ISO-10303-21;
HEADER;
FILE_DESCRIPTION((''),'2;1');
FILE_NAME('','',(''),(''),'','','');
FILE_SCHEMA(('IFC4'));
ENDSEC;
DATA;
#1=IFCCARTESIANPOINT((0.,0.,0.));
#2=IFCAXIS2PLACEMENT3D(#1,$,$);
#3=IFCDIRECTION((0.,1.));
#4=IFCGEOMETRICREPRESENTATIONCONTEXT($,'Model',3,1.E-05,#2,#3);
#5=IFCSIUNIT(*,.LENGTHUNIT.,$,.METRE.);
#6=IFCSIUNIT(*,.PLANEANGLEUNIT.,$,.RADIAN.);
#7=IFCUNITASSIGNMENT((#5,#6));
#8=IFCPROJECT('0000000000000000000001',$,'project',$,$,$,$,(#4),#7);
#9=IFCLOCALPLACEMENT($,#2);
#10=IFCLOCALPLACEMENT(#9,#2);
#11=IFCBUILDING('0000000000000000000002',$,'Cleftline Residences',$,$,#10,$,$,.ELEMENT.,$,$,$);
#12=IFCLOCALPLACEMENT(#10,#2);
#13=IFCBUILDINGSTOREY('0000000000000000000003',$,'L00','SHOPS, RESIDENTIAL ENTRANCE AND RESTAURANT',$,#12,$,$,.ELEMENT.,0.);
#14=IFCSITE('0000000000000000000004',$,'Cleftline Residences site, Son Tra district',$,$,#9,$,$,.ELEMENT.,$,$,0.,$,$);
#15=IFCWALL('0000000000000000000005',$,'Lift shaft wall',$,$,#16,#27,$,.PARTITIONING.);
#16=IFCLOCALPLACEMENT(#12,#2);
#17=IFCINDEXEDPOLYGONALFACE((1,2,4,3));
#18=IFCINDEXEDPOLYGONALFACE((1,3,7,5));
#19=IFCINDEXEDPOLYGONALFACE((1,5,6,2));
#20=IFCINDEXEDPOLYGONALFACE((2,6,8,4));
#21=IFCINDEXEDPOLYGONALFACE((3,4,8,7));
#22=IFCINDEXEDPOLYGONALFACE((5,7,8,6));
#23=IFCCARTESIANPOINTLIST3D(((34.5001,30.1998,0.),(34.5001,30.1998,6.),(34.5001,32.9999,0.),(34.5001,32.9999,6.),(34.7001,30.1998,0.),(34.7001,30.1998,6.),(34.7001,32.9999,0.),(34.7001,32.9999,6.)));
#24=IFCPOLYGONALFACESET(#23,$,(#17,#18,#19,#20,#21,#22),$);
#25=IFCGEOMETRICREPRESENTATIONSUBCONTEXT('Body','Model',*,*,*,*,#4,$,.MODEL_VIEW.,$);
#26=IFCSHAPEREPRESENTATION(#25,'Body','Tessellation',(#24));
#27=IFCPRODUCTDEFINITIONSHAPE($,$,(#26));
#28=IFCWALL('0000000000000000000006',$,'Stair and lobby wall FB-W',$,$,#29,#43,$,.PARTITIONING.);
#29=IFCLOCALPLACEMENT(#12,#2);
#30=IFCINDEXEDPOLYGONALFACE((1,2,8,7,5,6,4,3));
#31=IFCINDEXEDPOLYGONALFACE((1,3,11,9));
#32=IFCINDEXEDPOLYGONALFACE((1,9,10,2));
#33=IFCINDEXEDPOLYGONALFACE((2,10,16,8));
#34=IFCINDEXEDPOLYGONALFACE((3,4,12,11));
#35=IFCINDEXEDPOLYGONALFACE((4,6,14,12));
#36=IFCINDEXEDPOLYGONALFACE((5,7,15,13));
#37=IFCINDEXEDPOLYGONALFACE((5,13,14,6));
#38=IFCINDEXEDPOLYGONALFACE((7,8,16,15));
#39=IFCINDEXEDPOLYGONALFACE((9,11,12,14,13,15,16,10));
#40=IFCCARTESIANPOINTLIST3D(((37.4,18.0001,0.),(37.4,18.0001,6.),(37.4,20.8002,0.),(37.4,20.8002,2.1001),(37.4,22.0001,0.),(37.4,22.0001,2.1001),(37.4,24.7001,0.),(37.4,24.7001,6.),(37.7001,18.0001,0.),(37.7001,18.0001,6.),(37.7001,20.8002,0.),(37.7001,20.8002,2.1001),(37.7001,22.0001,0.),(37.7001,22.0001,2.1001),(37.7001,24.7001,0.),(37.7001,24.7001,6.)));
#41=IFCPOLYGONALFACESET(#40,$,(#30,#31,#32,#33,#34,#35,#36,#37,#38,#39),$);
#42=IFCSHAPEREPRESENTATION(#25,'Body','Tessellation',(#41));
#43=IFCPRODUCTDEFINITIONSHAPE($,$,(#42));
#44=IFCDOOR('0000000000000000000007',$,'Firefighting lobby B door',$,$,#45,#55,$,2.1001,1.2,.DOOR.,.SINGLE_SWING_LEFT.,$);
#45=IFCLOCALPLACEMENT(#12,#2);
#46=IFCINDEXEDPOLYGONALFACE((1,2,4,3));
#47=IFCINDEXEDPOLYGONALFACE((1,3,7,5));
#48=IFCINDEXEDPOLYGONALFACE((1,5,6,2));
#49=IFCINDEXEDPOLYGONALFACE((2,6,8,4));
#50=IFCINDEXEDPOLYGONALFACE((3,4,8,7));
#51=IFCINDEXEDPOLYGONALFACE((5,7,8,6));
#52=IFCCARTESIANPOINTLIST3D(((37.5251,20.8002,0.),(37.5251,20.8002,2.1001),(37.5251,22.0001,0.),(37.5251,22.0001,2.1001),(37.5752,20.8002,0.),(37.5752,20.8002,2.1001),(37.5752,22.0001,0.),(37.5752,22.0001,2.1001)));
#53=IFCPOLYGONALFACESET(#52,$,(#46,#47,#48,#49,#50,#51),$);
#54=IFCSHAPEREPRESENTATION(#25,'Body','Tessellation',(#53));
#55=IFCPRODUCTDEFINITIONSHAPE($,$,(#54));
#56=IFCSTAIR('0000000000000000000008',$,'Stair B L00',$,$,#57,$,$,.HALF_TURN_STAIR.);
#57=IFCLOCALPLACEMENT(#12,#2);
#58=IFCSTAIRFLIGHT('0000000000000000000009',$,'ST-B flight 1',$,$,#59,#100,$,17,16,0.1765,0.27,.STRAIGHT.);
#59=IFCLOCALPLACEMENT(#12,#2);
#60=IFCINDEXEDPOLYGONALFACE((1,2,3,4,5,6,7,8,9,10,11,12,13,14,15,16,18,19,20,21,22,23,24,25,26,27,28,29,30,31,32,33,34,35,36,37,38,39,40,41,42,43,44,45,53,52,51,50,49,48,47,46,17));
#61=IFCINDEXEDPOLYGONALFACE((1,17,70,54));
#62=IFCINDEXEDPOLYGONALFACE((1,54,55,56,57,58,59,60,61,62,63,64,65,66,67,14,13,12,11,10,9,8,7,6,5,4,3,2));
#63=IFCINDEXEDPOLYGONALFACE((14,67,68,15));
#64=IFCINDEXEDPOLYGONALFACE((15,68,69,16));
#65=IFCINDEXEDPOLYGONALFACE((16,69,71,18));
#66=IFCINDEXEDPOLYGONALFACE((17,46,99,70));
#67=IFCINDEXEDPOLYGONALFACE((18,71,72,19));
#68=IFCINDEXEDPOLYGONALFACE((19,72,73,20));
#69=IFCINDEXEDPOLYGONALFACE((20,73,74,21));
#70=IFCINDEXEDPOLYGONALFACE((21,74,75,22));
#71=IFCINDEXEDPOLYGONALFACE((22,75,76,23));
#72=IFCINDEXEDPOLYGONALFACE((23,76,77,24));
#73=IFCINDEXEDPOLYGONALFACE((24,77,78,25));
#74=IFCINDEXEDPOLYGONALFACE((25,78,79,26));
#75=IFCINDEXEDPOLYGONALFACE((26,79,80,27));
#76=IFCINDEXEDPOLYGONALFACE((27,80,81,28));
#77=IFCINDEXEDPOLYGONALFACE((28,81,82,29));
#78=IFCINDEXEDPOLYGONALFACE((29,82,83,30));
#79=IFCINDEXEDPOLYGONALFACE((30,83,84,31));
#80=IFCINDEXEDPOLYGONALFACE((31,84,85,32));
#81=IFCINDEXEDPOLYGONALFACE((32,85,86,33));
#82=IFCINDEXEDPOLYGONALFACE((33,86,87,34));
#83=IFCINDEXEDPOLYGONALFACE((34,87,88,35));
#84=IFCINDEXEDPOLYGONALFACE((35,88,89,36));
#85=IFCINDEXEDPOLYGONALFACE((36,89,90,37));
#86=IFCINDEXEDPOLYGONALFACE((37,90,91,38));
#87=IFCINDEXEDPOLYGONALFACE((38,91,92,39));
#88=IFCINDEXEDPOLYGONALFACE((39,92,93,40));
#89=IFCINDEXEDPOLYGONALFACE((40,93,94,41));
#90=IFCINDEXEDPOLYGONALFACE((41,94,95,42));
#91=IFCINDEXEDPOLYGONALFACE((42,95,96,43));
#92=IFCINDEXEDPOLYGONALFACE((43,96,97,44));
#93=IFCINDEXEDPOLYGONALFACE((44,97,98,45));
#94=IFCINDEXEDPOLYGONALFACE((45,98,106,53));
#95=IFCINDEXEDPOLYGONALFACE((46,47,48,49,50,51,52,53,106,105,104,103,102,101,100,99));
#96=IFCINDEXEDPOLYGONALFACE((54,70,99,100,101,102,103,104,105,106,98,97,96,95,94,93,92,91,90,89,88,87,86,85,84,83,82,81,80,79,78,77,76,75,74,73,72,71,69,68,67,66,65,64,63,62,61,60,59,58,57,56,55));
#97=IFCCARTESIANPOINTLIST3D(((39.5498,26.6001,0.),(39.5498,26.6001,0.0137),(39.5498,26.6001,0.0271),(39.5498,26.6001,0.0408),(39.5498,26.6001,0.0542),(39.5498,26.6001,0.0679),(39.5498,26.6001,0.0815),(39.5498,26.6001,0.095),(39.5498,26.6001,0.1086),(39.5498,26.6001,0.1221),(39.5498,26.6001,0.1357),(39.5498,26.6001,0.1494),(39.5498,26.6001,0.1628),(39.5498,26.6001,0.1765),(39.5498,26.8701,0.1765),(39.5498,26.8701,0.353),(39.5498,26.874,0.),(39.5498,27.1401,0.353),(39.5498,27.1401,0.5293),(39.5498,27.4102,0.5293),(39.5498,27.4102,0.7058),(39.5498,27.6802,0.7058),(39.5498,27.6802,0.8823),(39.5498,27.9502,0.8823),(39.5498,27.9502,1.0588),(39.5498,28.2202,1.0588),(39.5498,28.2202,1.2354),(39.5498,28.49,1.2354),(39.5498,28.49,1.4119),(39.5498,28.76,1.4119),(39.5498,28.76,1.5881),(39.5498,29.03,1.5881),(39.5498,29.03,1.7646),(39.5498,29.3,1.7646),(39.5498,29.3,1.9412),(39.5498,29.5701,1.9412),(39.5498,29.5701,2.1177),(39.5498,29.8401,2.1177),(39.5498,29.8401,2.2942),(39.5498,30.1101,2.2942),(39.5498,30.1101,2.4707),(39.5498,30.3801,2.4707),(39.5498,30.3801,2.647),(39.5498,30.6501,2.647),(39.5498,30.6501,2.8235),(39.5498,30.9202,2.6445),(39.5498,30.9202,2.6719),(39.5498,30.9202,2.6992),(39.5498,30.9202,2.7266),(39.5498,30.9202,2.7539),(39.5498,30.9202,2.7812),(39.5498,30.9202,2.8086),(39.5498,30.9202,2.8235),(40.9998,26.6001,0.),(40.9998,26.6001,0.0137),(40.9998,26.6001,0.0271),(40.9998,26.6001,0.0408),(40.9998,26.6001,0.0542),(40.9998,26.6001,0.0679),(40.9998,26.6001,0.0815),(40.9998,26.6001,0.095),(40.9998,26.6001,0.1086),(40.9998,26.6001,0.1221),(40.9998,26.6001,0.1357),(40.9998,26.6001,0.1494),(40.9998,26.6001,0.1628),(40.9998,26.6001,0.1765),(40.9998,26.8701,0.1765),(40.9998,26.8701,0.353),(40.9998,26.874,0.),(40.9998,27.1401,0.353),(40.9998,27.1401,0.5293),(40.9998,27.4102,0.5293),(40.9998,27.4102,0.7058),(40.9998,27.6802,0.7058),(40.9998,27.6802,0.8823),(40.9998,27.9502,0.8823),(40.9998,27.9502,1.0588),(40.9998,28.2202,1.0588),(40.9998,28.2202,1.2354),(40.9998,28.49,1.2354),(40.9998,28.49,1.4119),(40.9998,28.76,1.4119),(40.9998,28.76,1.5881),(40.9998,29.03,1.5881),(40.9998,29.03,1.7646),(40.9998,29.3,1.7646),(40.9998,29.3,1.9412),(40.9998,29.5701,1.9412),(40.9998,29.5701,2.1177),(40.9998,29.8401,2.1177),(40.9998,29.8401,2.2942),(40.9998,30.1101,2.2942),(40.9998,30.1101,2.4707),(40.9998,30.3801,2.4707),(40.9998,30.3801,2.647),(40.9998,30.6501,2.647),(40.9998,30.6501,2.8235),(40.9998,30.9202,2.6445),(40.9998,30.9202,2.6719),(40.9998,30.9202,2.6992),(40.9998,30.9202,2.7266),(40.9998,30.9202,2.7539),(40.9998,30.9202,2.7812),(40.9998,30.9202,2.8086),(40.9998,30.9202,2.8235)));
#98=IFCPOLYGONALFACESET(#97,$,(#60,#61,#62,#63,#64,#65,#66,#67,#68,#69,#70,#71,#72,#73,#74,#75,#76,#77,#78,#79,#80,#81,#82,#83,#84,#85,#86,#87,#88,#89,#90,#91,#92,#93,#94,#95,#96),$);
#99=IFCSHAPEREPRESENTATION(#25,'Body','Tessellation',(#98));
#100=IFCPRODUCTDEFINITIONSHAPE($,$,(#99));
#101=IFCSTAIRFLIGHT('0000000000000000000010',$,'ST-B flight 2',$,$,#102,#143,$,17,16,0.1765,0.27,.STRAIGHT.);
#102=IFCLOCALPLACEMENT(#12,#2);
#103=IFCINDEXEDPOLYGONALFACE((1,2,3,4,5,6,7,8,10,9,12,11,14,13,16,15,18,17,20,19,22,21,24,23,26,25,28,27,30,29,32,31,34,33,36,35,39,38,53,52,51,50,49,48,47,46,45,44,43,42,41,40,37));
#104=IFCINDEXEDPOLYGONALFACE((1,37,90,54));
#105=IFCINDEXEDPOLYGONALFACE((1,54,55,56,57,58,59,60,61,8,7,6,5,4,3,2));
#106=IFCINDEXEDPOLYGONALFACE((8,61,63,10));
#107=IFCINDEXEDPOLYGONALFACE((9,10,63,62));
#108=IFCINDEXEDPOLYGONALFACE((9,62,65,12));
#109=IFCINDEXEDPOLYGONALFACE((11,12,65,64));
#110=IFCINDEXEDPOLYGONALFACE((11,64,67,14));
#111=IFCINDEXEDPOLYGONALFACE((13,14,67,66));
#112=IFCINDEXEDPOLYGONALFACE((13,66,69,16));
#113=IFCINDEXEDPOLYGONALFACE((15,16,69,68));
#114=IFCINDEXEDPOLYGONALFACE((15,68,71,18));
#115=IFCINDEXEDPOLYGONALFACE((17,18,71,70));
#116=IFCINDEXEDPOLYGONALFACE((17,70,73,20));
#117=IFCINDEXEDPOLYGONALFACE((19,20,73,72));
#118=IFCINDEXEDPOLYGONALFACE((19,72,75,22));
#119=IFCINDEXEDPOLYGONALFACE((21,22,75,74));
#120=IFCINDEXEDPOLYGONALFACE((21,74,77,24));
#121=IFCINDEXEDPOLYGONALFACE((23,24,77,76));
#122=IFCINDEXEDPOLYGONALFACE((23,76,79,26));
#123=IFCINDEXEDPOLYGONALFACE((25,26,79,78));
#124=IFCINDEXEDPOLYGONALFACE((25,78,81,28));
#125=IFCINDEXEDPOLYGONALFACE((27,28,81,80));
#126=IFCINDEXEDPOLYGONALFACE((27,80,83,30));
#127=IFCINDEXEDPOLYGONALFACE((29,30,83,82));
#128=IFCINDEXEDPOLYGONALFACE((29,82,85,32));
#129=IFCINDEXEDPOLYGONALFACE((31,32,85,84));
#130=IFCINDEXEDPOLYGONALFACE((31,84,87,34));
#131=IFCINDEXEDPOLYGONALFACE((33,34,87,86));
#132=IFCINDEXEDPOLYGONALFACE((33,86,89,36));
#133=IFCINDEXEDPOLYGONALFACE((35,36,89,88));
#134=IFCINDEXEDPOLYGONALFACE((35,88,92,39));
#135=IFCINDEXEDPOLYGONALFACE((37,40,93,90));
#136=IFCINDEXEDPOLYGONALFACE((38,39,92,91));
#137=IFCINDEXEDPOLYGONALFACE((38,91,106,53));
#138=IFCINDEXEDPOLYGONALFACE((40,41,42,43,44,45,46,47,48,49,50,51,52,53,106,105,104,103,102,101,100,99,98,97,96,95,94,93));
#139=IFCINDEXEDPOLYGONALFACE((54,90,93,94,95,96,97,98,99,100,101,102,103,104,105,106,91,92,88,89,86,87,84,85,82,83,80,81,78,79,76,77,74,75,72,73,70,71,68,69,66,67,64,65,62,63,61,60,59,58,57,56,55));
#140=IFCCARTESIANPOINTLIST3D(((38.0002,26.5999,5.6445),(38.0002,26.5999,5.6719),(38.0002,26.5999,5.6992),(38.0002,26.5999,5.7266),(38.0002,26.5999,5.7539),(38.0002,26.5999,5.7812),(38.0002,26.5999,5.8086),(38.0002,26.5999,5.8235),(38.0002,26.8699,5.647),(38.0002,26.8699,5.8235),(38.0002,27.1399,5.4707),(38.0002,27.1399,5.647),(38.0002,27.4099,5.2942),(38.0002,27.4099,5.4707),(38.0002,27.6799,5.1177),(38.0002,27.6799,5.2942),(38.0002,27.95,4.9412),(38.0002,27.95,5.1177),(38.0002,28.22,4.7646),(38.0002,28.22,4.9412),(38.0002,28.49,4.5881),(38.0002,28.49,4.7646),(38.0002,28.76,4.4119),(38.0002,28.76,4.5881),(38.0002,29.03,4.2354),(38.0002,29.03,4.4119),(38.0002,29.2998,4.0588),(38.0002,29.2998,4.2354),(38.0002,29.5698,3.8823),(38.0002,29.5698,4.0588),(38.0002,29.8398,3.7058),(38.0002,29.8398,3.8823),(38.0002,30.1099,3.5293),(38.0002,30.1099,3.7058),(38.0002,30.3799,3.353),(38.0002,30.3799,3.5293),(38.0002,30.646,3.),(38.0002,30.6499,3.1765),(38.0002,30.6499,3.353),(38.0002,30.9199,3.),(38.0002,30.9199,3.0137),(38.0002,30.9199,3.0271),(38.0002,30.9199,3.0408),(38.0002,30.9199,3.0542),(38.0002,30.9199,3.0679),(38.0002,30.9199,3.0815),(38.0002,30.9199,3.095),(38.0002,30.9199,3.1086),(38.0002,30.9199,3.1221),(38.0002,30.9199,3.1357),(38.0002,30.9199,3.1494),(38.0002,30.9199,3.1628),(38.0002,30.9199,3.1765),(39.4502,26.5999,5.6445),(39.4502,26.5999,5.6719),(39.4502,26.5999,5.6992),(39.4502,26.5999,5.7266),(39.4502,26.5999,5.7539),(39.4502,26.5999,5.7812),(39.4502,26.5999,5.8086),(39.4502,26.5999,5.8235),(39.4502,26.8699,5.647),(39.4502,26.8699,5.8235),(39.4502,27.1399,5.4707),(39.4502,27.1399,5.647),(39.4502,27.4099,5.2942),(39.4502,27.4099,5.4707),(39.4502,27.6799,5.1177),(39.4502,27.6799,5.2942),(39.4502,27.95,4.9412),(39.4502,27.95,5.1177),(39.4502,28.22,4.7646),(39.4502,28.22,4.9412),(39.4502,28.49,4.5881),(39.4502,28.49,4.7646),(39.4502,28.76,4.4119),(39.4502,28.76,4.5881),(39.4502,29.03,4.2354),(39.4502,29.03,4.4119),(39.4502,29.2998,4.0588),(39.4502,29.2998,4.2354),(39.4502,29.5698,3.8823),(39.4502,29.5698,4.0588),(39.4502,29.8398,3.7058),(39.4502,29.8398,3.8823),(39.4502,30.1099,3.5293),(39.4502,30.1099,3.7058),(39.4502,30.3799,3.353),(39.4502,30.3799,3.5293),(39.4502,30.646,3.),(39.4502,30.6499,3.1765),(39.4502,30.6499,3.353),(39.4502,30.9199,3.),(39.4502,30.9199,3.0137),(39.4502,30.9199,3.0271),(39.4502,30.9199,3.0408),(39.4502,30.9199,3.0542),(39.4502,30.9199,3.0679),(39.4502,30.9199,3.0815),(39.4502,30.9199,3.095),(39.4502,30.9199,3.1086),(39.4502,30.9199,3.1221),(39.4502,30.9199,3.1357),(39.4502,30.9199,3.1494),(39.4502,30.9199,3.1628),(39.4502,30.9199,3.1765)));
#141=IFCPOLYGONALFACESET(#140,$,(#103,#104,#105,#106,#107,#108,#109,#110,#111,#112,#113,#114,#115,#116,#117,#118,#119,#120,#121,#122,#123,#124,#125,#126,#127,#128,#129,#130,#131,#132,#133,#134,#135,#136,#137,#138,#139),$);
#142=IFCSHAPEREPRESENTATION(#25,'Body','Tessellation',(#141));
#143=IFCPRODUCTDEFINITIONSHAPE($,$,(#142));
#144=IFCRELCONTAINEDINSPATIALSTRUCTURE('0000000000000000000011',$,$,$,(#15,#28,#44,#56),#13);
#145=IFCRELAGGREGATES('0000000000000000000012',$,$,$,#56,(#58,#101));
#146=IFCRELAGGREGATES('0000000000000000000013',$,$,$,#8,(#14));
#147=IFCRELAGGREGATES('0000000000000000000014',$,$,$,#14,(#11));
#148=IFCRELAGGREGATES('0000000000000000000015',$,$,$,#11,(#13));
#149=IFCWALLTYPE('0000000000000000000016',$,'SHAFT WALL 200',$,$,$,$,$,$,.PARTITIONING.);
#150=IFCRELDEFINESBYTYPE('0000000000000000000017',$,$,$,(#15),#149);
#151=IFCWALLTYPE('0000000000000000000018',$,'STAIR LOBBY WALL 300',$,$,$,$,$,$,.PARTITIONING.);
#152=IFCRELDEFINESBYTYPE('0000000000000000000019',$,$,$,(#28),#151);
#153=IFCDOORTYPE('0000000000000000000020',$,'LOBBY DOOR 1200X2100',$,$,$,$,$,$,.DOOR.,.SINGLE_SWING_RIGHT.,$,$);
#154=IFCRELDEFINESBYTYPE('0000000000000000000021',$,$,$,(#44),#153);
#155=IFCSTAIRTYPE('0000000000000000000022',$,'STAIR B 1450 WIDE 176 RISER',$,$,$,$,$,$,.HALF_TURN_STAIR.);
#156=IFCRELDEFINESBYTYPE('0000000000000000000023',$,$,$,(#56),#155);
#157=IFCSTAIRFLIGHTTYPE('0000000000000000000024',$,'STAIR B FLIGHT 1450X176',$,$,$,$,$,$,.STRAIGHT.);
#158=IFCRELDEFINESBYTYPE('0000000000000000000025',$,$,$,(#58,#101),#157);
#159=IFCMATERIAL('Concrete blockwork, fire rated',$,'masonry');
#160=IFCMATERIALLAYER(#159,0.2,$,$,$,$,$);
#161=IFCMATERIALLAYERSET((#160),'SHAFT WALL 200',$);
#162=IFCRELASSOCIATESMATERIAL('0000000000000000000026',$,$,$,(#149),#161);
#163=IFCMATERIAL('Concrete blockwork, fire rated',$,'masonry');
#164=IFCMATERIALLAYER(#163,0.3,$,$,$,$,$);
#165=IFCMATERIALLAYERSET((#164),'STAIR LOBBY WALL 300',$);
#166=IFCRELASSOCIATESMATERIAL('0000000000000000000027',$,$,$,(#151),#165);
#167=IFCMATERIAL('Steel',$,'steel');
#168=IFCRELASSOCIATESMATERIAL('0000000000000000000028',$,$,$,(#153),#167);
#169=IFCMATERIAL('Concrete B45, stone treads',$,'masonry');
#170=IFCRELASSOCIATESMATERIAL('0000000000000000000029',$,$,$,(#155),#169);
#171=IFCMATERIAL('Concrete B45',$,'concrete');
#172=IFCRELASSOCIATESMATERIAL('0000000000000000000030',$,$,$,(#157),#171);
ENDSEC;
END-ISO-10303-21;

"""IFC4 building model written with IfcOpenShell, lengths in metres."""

from ifc_helpers import new_model, si_unit, direction, frame, frame_2d, origin, place, context, subcontext, project, spatial, polyline, rectangle, outline, extrude, material, layer, layer_set, type_object, element, fill, aggregate, save


model = new_model("IFC4")

# Units and contexts
model_context = context("Model", 3, precision=1e-05, world=origin(), true_north=direction((0.0, 1.0)))
body_context = subcontext(model_context, "Body", "Model", "MODEL_VIEW")
ifc_project = project(units=[si_unit("LENGTHUNIT", "METRE"), si_unit("PLANEANGLEUNIT", "RADIAN")], contexts=[model_context])

# Site, building, storey
site_placement = place(None, origin())
site = spatial("IfcSite", under=ifc_project, at=site_placement, Name="Cleftline Residences site, Son Tra district", CompositionType="ELEMENT", RefElevation=0.0)
building_placement = place(site_placement, origin())
building = spatial("IfcBuilding", under=site, at=building_placement, Name="Cleftline Residences", CompositionType="ELEMENT")
storey_placement = place(building_placement, origin())
storey = spatial("IfcBuildingStorey", under=building, at=storey_placement, Name="L00", Description="SHOPS, RESIDENTIAL ENTRANCE AND RESTAURANT", CompositionType="ELEMENT", Elevation=0.0)

# Wall
ifc_material_1 = material(Name="Concrete blockwork, fire rated", Category="masonry")
ifc_layer_1 = layer(ifc_material_1, 0.2)
ifc_layer_set_1 = layer_set([ifc_layer_1], Name="SHAFT WALL 200")
wall_type_1 = type_object("IfcWallType", Name="SHAFT WALL 200", PredefinedType="PARTITIONING", material=ifc_layer_set_1)
for number, where, z_axis, x_axis, name in (
    (1, (34.6001, 30.2, 0.0), (0.0, 0.0, 1.0), (0.0, 1.0, 0.0), "Lift shaft wall"),
):
    element("IfcWall", number, at=place(storey_placement, frame(where, z_axis=z_axis, x_axis=x_axis)), inside=storey, type_object=wall_type_1, Name=name, PredefinedType="PARTITIONING", context=body_context, shape_type="SweptSolid", body=[
        extrude(rectangle(XDim=2.8, YDim=0.2, at=frame_2d((1.3999, 0.0))), origin(), (0.0, 0.0, 1.0), 6.0),
    ])

# Wall, opening, door
ifc_material_2 = material(Name="Concrete blockwork, fire rated", Category="masonry")
ifc_layer_2 = layer(ifc_material_2, 0.3)
ifc_layer_set_2 = layer_set([ifc_layer_2], Name="STAIR LOBBY WALL 300")
wall_type_2 = type_object("IfcWallType", Name="STAIR LOBBY WALL 300", PredefinedType="PARTITIONING", material=ifc_layer_set_2)
wall_1_placement = place(storey_placement, frame((37.55, 18.0, 0.0), z_axis=(0.0, 0.0, 1.0), x_axis=(0.0, 1.0, 0.0)))
wall_1 = element("IfcWall", 2, at=wall_1_placement, inside=storey, type_object=wall_type_2, Name="Stair and lobby wall FB-W", PredefinedType="PARTITIONING", context=body_context, shape_type="SweptSolid", body=[
    extrude(rectangle(XDim=6.7, YDim=0.3, at=frame_2d((3.3501, 0.0))), origin(), (0.0, 0.0, 1.0), 6.0),
])
opening_1_placement = place(wall_1_placement, frame((2.8, 0.0, 0.0)))
opening_1 = element("IfcOpeningElement", 3, at=opening_1_placement, cuts=wall_1, PredefinedType="OPENING", context=body_context, shape_type="SweptSolid", body=[
    extrude(rectangle(XDim=1.2, YDim=2.1001, at=frame_2d((0.6001, 1.05))), frame((0.0, 0.1599, 0.0), z_axis=(0.0, -1.0, 0.0), x_axis=(1.0, 0.0, 0.0)), (0.0, 0.0, 1.0), 0.3201),
])
ifc_material_3 = material(Name="Steel", Category="steel")
door_type_1 = type_object("IfcDoorType", Name="LOBBY DOOR 1200X2100", OperationType="SINGLE_SWING_RIGHT", PredefinedType="DOOR", material=ifc_material_3)
door_1_placement = place(opening_1_placement, origin())
door_1 = element("IfcDoor", 4, at=door_1_placement, inside=storey, type_object=door_type_1, Name="Firefighting lobby B door", OperationType="SINGLE_SWING_LEFT", OverallHeight=2.1001, OverallWidth=1.2, PredefinedType="DOOR", context=body_context, shape_type="SweptSolid", body=[
    extrude(rectangle(XDim=1.2, YDim=2.1001, at=frame_2d((0.6001, 1.05))), frame((0.0, 0.0249, 0.0), z_axis=(0.0, -1.0, 0.0), x_axis=(1.0, 0.0, 0.0)), (0.0, 0.0, 1.0), 0.05),
])
fill(opening_1, door_1)

# Stair, stair flights
ifc_material_4 = material(Name="Concrete B45, stone treads", Category="masonry")
stair_type = type_object("IfcStairType", Name="STAIR B 1450 WIDE 176 RISER", PredefinedType="HALF_TURN_STAIR", material=ifc_material_4)
stair_placement = place(storey_placement, origin())
stair = element("IfcStair", 5, at=stair_placement, inside=storey, type_object=stair_type, Name="Stair B L00", PredefinedType="HALF_TURN_STAIR")
ifc_material_5 = material(Name="Concrete B45", Category="concrete")
stair_flight_type = type_object("IfcStairFlightType", Name="STAIR B FLIGHT 1450X176", PredefinedType="STRAIGHT", material=ifc_material_5)
stair_flight_1_placement = place(storey_placement, frame((40.2749, 26.6001, 0.0), z_axis=(0.0, 0.0, 1.0), x_axis=(0.0, 1.0, 0.0)))
stair_flight_1 = element("IfcStairFlight", 6, at=stair_flight_1_placement, type_object=stair_flight_type, Name="ST-B flight 1", NumberOfRisers=17, NumberOfTreads=16, PredefinedType="STRAIGHT", RiserHeight=0.1765, TreadLength=0.27, context=body_context, shape_type="SweptSolid", body=[
    extrude(outline(polyline([(0.0, 0.0), (0.0, 0.0137), (0.0, 0.0271), (0.0, 0.0408), (0.0, 0.0542), (0.0, 0.0679), (0.0, 0.0815), (0.0, 0.095), (0.0, 0.1086), (0.0, 0.1221), (0.0, 0.1357), (0.0, 0.1494), (0.0, 0.1628), (0.0, 0.1765), (0.27, 0.1765), (0.27, 0.353), (0.54, 0.353), (0.54, 0.5293), (0.8101, 0.5293), (0.8101, 0.7058), (1.0801, 0.7058), (1.0801, 0.8823), (1.3501, 0.8823), (1.3501, 1.0588), (1.6201, 1.0588), (1.6201, 1.2354), (1.8899, 1.2354), (1.8899, 1.4119), (2.1599, 1.4119), (2.1599, 1.5881), (2.4299, 1.5881), (2.4299, 1.7646), (2.7, 1.7646), (2.7, 1.9412), (2.97, 1.9412), (2.97, 2.1177), (3.24, 2.1177), (3.24, 2.2942), (3.51, 2.2942), (3.51, 2.4707), (3.78, 2.4707), (3.78, 2.647), (4.05, 2.647), (4.05, 2.8235), (4.3201, 2.8235), (4.3201, 3.0), (4.3201, 2.9727), (4.3201, 2.9453), (4.3201, 2.918), (4.3201, 2.8906), (4.3201, 2.8633), (4.3201, 2.8359), (4.3201, 2.8086), (4.3201, 2.7812), (4.3201, 2.7539), (4.3201, 2.7266), (4.3201, 2.6992), (4.3201, 2.6719), (4.3201, 2.6445), (0.2739, 0.0), (0.0, 0.0)])), frame((0.0, 0.7251, 0.0), z_axis=(0.0, -1.0, 0.0), x_axis=(1.0, 0.0, 0.0)), (0.0, 0.0, 1.0), 1.45),
])
stair_flight_2_placement = place(storey_placement, frame((38.7251, 30.9199, 3.0), z_axis=(0.0, 0.0, 1.0), x_axis=(0.0, -1.0, 0.0)))
stair_flight_2 = element("IfcStairFlight", 7, at=stair_flight_2_placement, type_object=stair_flight_type, Name="ST-B flight 2", NumberOfRisers=17, NumberOfTreads=16, PredefinedType="STRAIGHT", RiserHeight=0.1765, TreadLength=0.27, context=body_context, shape_type="SweptSolid", body=[
    extrude(outline(polyline([(0.0, 0.0), (0.0, 0.0137), (0.0, 0.0271), (0.0, 0.0408), (0.0, 0.0542), (0.0, 0.0679), (0.0, 0.0815), (0.0, 0.095), (0.0, 0.1086), (0.0, 0.1221), (0.0, 0.1357), (0.0, 0.1494), (0.0, 0.1628), (0.0, 0.1765), (0.27, 0.1765), (0.27, 0.353), (0.54, 0.353), (0.54, 0.5293), (0.8101, 0.5293), (0.8101, 0.7058), (1.0801, 0.7058), (1.0801, 0.8823), (1.3501, 0.8823), (1.3501, 1.0588), (1.6201, 1.0588), (1.6201, 1.2354), (1.8899, 1.2354), (1.8899, 1.4119), (2.1599, 1.4119), (2.1599, 1.5881), (2.4299, 1.5881), (2.4299, 1.7646), (2.7, 1.7646), (2.7, 1.9412), (2.97, 1.9412), (2.97, 2.1177), (3.24, 2.1177), (3.24, 2.2942), (3.51, 2.2942), (3.51, 2.4707), (3.78, 2.4707), (3.78, 2.647), (4.05, 2.647), (4.05, 2.8235), (4.3201, 2.8235), (4.3201, 3.0), (4.3201, 2.9727), (4.3201, 2.9453), (4.3201, 2.918), (4.3201, 2.8906), (4.3201, 2.8633), (4.3201, 2.8359), (4.3201, 2.8086), (4.3201, 2.7812), (4.3201, 2.7539), (4.3201, 2.7266), (4.3201, 2.6992), (4.3201, 2.6719), (4.3201, 2.6445), (0.2739, 0.0), (0.0, 0.0)])), frame((0.0, 0.7251, 0.0), z_axis=(0.0, -1.0, 0.0), x_axis=(1.0, 0.0, 0.0)), (0.0, 0.0, 1.0), 1.45),
])
aggregate(stair, [stair_flight_1, stair_flight_2])

save(model, "model.ifc")
